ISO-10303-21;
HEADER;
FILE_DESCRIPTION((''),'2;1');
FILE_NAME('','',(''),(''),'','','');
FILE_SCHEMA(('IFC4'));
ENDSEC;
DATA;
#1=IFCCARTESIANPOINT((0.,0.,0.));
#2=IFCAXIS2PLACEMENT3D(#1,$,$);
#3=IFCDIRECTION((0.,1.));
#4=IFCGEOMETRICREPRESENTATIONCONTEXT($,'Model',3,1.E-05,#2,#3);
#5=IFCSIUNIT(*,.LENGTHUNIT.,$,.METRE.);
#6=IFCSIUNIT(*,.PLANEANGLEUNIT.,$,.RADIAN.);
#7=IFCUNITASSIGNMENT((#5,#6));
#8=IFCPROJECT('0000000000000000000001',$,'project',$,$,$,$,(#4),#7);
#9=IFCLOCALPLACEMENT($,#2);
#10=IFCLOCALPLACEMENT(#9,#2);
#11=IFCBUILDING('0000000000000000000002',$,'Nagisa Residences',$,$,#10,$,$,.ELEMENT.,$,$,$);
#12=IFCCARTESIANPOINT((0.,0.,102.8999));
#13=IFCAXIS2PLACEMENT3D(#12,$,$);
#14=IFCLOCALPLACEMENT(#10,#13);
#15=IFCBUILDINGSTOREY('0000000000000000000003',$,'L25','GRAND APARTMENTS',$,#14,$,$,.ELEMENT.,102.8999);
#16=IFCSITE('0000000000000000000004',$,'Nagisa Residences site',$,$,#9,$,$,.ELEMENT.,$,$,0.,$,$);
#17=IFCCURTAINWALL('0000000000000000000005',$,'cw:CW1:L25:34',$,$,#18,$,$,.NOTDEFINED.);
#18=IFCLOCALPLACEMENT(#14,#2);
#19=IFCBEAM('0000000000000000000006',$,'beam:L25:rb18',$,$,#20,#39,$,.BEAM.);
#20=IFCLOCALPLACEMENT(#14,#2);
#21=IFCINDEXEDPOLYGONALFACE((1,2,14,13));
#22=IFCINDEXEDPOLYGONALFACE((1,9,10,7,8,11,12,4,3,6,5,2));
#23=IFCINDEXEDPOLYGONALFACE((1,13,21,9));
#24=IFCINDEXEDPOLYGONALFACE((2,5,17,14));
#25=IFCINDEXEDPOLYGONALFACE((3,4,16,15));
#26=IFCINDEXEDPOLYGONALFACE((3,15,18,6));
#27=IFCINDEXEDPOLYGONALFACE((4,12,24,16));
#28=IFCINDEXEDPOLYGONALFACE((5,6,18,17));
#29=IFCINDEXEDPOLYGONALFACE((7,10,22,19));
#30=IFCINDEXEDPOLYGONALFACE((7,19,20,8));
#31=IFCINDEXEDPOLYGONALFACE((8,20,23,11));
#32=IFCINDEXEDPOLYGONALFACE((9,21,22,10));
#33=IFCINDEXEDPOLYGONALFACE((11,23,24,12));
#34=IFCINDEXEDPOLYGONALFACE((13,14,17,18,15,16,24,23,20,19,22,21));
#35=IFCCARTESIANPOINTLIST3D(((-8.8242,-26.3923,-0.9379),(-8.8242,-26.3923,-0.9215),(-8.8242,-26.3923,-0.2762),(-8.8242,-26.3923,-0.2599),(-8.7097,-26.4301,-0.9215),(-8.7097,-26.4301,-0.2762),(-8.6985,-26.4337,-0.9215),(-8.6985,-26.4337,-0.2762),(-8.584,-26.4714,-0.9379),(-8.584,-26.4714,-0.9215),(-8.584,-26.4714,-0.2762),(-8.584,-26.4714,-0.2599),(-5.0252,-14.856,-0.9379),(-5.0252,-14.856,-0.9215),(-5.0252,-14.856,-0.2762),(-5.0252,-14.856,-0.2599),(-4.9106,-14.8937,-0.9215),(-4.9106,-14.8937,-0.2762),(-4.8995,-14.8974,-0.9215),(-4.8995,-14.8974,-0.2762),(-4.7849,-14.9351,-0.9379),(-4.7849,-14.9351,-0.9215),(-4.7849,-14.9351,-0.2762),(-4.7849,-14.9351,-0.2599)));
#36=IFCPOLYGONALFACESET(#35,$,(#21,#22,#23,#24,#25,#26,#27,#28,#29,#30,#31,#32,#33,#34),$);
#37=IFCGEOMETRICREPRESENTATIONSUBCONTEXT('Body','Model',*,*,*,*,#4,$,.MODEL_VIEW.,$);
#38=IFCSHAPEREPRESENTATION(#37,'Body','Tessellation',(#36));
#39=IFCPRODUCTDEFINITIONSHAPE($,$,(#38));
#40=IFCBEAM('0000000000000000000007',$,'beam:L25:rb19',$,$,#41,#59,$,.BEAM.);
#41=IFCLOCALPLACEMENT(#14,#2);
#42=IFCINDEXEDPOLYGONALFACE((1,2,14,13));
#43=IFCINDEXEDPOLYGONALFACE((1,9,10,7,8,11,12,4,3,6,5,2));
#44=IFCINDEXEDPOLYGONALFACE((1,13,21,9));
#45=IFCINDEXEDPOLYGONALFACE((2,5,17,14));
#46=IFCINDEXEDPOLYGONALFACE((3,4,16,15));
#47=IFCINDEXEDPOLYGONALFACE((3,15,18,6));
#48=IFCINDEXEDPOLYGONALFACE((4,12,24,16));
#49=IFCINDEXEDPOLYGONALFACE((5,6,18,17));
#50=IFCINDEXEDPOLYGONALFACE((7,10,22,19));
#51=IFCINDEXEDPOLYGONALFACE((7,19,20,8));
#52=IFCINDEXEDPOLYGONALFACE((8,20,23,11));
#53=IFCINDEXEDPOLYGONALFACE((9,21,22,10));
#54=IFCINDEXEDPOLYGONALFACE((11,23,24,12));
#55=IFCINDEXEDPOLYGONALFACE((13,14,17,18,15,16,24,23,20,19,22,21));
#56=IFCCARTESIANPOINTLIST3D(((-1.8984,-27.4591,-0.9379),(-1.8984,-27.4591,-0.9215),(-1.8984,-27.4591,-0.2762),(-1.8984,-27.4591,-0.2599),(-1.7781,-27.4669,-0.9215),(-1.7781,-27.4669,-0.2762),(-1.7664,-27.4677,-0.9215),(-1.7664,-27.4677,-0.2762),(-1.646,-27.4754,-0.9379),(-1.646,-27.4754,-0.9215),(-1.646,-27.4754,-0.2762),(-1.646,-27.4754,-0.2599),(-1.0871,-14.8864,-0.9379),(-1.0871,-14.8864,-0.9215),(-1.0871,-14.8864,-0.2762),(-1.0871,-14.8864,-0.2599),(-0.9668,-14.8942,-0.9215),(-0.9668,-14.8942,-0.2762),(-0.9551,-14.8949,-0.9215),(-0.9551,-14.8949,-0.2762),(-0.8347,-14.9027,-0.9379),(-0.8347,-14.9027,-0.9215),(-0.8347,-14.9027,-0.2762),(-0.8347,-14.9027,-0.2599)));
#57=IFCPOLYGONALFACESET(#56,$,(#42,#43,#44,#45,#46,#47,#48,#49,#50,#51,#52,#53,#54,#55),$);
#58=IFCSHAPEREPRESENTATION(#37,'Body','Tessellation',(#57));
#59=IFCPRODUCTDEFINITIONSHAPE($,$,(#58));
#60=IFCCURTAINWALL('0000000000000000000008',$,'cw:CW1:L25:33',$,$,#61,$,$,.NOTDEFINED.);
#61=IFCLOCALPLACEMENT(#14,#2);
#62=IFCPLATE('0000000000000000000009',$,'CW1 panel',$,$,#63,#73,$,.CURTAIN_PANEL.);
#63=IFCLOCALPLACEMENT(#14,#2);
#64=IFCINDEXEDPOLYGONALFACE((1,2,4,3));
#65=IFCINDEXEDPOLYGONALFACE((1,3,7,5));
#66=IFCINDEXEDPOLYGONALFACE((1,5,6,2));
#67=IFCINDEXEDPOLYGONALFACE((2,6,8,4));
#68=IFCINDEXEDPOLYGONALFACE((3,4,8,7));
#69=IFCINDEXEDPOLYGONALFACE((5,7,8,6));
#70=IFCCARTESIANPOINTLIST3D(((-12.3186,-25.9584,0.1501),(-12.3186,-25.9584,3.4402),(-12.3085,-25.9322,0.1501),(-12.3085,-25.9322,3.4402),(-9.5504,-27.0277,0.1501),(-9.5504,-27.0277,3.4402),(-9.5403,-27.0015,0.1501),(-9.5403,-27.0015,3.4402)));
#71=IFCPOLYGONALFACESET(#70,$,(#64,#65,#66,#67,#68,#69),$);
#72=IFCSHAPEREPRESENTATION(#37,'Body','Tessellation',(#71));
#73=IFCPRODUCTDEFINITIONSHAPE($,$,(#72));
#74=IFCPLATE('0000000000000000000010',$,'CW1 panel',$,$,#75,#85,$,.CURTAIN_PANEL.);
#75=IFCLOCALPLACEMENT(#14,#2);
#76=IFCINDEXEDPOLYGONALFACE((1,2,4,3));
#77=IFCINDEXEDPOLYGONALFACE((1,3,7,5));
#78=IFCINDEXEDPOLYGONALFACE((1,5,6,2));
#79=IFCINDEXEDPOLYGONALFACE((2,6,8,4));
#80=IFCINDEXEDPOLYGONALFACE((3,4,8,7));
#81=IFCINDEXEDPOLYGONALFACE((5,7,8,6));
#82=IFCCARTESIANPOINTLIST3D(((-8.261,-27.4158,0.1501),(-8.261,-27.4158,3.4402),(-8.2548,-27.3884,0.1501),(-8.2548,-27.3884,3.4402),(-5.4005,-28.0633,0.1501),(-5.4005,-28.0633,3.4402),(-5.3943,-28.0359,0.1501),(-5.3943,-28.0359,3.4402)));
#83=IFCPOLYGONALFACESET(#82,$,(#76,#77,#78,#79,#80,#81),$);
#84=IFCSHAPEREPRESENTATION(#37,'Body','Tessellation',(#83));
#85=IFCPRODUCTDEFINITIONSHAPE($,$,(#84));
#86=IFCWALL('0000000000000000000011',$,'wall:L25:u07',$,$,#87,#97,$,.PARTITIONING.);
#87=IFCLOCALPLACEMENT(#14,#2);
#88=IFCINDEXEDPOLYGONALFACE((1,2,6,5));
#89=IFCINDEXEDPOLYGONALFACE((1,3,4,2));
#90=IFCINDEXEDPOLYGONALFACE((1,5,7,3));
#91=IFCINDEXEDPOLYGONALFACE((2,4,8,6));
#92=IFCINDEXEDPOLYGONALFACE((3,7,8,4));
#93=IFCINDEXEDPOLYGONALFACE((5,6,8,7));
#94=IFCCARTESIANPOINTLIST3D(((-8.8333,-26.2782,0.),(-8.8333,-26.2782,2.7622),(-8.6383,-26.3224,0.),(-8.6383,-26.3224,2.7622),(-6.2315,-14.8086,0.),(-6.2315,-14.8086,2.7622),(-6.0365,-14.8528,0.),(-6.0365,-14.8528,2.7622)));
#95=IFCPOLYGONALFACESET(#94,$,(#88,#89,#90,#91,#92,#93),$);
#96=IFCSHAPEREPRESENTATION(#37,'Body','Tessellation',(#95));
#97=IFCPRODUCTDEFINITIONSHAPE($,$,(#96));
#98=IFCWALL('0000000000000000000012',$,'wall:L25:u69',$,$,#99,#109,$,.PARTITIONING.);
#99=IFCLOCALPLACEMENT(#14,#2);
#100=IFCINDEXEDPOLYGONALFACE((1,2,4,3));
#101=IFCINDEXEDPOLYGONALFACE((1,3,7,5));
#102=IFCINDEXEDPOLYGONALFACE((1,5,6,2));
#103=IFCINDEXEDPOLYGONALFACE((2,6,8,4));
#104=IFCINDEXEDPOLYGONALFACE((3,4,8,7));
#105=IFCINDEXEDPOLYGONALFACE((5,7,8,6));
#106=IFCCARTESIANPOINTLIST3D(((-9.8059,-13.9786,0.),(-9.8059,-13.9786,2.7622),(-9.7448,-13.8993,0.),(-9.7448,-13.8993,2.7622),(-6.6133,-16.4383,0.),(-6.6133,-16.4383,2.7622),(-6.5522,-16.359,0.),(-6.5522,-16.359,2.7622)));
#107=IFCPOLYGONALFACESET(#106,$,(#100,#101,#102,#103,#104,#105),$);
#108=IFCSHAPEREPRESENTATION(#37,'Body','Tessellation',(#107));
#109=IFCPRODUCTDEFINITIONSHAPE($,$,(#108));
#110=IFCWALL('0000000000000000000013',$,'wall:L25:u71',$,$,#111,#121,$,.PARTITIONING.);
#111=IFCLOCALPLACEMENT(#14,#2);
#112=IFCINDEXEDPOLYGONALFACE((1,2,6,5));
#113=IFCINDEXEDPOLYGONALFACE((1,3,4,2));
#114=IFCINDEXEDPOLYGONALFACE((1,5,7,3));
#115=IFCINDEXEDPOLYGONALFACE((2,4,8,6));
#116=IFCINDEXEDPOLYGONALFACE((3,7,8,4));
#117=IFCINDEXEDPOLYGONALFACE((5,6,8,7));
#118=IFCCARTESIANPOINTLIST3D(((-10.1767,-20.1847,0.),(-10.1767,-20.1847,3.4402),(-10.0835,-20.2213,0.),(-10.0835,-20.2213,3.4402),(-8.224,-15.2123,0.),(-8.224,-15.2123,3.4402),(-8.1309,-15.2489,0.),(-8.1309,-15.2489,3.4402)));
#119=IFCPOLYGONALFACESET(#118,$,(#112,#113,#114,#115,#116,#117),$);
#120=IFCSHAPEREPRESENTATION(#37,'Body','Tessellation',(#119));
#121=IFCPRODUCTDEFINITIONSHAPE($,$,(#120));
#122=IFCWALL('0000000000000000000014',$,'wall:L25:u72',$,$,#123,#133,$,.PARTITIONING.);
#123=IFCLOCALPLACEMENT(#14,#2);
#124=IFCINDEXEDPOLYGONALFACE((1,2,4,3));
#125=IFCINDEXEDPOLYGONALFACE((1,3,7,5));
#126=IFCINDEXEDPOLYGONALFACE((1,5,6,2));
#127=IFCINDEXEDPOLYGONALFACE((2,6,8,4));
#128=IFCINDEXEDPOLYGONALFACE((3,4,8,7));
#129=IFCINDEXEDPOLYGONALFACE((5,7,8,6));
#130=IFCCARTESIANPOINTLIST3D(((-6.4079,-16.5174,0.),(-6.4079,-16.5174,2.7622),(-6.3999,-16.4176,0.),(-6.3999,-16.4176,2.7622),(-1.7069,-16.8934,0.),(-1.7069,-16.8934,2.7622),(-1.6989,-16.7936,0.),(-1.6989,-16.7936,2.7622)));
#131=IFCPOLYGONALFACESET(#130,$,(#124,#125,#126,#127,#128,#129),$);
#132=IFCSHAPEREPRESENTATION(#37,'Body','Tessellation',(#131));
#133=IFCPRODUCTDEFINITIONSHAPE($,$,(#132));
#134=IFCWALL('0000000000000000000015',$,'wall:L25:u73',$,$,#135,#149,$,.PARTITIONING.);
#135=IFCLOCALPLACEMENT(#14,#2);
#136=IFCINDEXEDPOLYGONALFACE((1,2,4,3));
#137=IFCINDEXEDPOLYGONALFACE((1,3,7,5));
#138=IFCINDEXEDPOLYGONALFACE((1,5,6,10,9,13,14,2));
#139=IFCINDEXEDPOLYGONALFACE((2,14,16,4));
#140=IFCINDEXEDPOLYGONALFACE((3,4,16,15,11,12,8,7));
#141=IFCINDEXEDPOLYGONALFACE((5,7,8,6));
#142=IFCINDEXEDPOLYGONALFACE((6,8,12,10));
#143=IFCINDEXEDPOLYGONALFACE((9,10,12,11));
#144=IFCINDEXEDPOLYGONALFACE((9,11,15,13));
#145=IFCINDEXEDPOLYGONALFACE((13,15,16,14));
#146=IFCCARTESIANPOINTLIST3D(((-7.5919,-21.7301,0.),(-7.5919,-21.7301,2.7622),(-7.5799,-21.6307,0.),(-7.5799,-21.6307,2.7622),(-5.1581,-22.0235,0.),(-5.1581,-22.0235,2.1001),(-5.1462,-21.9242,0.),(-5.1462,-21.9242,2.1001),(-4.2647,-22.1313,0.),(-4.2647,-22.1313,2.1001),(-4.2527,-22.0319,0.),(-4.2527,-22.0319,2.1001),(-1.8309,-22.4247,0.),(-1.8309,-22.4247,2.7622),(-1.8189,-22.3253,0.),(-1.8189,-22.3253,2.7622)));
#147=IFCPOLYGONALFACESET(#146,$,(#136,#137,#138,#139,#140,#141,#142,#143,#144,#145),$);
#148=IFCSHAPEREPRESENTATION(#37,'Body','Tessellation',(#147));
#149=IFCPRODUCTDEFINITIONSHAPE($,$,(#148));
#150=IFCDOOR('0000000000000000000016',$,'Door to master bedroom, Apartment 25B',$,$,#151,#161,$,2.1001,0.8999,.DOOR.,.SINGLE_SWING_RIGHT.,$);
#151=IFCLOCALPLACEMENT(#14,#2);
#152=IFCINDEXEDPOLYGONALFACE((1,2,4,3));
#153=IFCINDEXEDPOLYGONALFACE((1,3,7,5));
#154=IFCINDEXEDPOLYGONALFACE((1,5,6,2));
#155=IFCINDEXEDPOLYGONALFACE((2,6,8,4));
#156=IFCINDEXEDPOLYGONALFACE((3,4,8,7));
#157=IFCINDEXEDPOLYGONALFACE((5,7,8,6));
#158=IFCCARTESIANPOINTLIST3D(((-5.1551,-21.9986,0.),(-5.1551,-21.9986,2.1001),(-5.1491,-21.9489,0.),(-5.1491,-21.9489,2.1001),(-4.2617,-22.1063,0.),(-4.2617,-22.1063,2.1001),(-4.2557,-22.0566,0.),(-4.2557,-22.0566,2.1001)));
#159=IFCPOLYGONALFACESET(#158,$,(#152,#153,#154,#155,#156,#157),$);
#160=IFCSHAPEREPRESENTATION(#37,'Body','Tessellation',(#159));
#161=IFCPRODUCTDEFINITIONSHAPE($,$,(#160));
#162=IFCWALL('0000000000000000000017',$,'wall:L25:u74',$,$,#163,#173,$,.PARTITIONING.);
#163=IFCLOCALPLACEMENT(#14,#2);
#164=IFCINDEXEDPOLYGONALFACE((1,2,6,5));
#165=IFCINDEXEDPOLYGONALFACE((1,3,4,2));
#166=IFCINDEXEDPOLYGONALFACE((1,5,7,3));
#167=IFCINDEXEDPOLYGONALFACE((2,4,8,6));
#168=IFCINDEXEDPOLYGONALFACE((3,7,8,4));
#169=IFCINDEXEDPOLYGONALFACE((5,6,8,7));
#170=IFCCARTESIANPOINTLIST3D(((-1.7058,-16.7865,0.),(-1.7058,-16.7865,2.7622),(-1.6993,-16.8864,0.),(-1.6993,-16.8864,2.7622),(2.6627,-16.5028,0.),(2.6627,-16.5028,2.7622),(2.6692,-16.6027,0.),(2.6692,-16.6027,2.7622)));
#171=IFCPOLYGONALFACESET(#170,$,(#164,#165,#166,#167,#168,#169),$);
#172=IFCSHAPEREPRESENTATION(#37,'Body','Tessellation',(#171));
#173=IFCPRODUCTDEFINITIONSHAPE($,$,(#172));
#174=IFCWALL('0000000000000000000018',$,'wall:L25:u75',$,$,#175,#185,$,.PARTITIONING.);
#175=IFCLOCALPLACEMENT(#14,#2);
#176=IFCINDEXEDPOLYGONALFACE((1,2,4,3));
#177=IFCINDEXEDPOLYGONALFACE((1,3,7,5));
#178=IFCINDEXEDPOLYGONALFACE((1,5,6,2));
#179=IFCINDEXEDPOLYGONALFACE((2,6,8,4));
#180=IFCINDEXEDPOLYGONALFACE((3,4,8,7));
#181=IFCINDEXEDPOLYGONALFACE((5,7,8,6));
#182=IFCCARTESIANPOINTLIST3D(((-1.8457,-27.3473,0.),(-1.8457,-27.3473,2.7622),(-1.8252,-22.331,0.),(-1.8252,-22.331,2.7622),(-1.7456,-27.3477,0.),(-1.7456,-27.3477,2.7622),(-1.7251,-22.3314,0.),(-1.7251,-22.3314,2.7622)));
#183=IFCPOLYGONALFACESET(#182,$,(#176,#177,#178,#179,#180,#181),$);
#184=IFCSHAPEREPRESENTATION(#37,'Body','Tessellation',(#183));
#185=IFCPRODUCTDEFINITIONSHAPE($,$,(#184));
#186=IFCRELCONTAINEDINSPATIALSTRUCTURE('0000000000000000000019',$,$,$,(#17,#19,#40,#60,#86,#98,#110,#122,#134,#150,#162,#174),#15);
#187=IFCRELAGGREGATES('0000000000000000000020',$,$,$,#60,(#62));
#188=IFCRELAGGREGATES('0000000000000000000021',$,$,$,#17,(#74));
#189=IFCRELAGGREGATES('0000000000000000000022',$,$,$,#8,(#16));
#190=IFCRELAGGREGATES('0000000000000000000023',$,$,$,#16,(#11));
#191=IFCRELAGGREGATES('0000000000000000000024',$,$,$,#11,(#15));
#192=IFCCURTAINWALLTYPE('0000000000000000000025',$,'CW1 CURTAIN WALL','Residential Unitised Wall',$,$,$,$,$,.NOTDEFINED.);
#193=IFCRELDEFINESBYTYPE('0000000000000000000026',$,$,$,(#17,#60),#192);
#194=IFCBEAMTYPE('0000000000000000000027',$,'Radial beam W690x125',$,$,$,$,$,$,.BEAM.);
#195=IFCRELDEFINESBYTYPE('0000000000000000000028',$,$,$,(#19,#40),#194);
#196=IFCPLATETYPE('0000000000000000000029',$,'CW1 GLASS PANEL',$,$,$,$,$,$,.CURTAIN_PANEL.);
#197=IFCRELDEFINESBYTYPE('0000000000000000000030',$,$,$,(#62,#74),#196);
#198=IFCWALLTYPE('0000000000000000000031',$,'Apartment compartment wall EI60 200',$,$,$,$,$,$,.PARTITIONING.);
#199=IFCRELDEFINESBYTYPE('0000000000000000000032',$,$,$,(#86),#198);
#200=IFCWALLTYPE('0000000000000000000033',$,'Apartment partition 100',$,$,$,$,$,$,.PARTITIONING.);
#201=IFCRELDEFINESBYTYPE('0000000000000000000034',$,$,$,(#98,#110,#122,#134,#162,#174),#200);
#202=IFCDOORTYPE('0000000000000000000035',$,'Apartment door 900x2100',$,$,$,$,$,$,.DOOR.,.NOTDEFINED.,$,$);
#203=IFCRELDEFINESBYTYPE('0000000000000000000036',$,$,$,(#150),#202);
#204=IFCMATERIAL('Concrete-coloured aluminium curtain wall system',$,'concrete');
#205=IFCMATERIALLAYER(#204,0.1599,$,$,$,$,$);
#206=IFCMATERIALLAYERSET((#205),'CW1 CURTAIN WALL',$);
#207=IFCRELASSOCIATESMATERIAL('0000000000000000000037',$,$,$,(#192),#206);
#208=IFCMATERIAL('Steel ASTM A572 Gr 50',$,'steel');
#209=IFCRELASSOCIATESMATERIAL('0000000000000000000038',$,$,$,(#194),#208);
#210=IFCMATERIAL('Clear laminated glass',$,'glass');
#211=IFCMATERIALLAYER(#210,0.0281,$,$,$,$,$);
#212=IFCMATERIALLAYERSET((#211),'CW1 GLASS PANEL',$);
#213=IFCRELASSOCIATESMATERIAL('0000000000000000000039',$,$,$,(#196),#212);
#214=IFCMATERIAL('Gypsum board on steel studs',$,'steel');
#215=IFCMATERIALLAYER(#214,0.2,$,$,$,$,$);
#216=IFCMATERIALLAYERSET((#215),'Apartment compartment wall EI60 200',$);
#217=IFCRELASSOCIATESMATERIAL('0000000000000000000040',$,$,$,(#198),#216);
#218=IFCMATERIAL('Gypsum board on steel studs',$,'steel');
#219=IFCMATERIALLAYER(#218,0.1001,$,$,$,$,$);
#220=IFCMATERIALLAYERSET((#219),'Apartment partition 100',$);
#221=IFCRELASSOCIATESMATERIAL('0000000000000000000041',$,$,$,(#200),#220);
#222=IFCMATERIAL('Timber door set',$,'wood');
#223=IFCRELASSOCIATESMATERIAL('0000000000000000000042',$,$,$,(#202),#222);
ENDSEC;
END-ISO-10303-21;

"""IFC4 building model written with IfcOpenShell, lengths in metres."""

from ifc_helpers import new_model, si_unit, direction, frame, frame_2d, origin, origin_2d, place, context, subcontext, project, spatial, rectangle, i_section, extrude, material, layer, layer_set, material_profile, profile_set, type_object, element, fill, aggregate, save


model = new_model("IFC4")

# Units and contexts
model_context = context("Model", 3, precision=1e-05, world=origin(), true_north=direction((0.0, 1.0)))
body_context = subcontext(model_context, "Body", "Model", "MODEL_VIEW")
ifc_project = project(units=[si_unit("LENGTHUNIT", "METRE"), si_unit("PLANEANGLEUNIT", "RADIAN")], contexts=[model_context])

# Site, building, storey
site_placement = place(None, origin())
site = spatial("IfcSite", under=ifc_project, at=site_placement, Name="Nagisa Residences site", CompositionType="ELEMENT", RefElevation=0.0)
building_placement = place(site_placement, origin())
building = spatial("IfcBuilding", under=site, at=building_placement, Name="Nagisa Residences", CompositionType="ELEMENT")
storey_placement = place(building_placement, frame((0.0, 0.0, 102.8999)))
storey = spatial("IfcBuildingStorey", under=building, at=storey_placement, Name="L25", Description="GRAND APARTMENTS", CompositionType="ELEMENT", Elevation=102.8999)

# Curtain wall
ifc_material_1 = material(Name="Concrete-coloured aluminium curtain wall system", Category="concrete")
ifc_layer_1 = layer(ifc_material_1, 0.1599)
ifc_layer_set_1 = layer_set([ifc_layer_1], Name="CW1 CURTAIN WALL")
curtain_wall_type = type_object("IfcCurtainWallType", Name="CW1 CURTAIN WALL", Description="Residential Unitised Wall", PredefinedType="NOTDEFINED", material=ifc_layer_set_1)
curtain_wall_1_placement = place(storey_placement, origin())
curtain_wall_1 = element("IfcCurtainWall", 1, at=curtain_wall_1_placement, inside=storey, type_object=curtain_wall_type, Name="cw:CW1:L25:34", PredefinedType="NOTDEFINED")

# Beams
ifc_material_2 = material(Name="Steel ASTM A572 Gr 50", Category="steel")
ifc_material_profile_1 = material_profile(ifc_material_2, i_section(OverallWidth=0.2529, OverallDepth=0.678, WebThickness=0.0117, FlangeThickness=0.0164, at=origin_2d()), Name="W690x125")
ifc_profile_set_1 = profile_set([ifc_material_profile_1], Name="Steel ASTM A572 Gr 50")
beam_type_1 = type_object("IfcBeamType", Name="Radial beam W690x125", PredefinedType="BEAM", material=ifc_profile_set_1)
beam_1_placement = place(storey_placement, frame((-8.7041, -26.4319, -0.5989), z_axis=(0.312788, 0.949823, 0.0), x_axis=(-0.949823, 0.312788, 0.0)))
element("IfcBeam", 2, at=beam_1_placement, inside=storey, type_object=beam_type_1, Name="beam:L25:rb18", PredefinedType="BEAM", context=body_context, shape_type="SweptSolid", body=[
    extrude(i_section(OverallWidth=0.2529, OverallDepth=0.678, WebThickness=0.0117, FlangeThickness=0.0164, at=origin_2d()), origin(), (0.0, 0.0, 1.0), 12.1458),
])
beam_2_placement = place(storey_placement, frame((-1.7722, -27.4673, -0.5989), z_axis=(0.064393, 0.997925, 0.0), x_axis=(-0.997925, 0.064393, 0.0)))
element("IfcBeam", 3, at=beam_2_placement, inside=storey, type_object=beam_type_1, Name="beam:L25:rb19", PredefinedType="BEAM", context=body_context, shape_type="SweptSolid", body=[
    extrude(i_section(OverallWidth=0.2529, OverallDepth=0.678, WebThickness=0.0117, FlangeThickness=0.0164, at=origin_2d()), origin(), (0.0, 0.0, 1.0), 12.5989),
])

# Curtain wall, plate
curtain_wall_2_placement = place(storey_placement, origin())
curtain_wall_2 = element("IfcCurtainWall", 4, at=curtain_wall_2_placement, inside=storey, type_object=curtain_wall_type, Name="cw:CW1:L25:33", PredefinedType="NOTDEFINED")
ifc_material_3 = material(Name="Clear laminated glass", Category="glass")
ifc_layer_2 = layer(ifc_material_3, 0.0281)
ifc_layer_set_2 = layer_set([ifc_layer_2], Name="CW1 GLASS PANEL")
plate_type = type_object("IfcPlateType", Name="CW1 GLASS PANEL", PredefinedType="CURTAIN_PANEL", material=ifc_layer_set_2)
plate_1_placement = place(storey_placement, frame((-10.9294, -26.48, 0.1501), z_axis=(0.0, 0.0, 1.0), x_axis=(0.932826, -0.360328, 0.0)))
plate_1 = element("IfcPlate", 5, at=plate_1_placement, type_object=plate_type, Name="CW1 panel", PredefinedType="CURTAIN_PANEL", context=body_context, shape_type="SweptSolid", body=[
    extrude(rectangle(XDim=2.9675, YDim=0.0281, at=origin_2d()), origin(), (0.0, 0.0, 1.0), 3.29),
])
aggregate(curtain_wall_2, [plate_1])

# Plate
plate_2_placement = place(storey_placement, frame((-6.8276, -27.7258, 0.1501), z_axis=(0.0, 0.0, 1.0), x_axis=(0.975327, -0.220764, 0.0)))
plate_2 = element("IfcPlate", 6, at=plate_2_placement, type_object=plate_type, Name="CW1 panel", PredefinedType="CURTAIN_PANEL", context=body_context, shape_type="SweptSolid", body=[
    extrude(rectangle(XDim=2.9329, YDim=0.0281, at=origin_2d()), origin(), (0.0, 0.0, 1.0), 3.29),
])
aggregate(curtain_wall_1, [plate_2])

# Walls
ifc_material_4 = material(Name="Gypsum board on steel studs", Category="steel")
ifc_layer_3 = layer(ifc_material_4, 0.2)
ifc_layer_set_3 = layer_set([ifc_layer_3], Name="Apartment compartment wall EI60 200")
wall_type_1 = type_object("IfcWallType", Name="Apartment compartment wall EI60 200", PredefinedType="PARTITIONING", material=ifc_layer_set_3)
wall_1_placement = place(storey_placement, frame((-6.134, -14.8308, 0.0), z_axis=(0.0, 0.0, 1.0), x_axis=(-0.221225, -0.975223, 0.0)))
element("IfcWall", 7, at=wall_1_placement, inside=storey, type_object=wall_type_1, Name="wall:L25:u07", PredefinedType="PARTITIONING", context=body_context, shape_type="SweptSolid", body=[
    extrude(rectangle(XDim=11.761, YDim=0.2, at=frame_2d((5.8804, 0.0))), origin(), (0.0, 0.0, 1.0), 2.7622),
])
ifc_material_5 = material(Name="Gypsum board on steel studs", Category="steel")
ifc_layer_4 = layer(ifc_material_5, 0.1001)
ifc_layer_set_4 = layer_set([ifc_layer_4], Name="Apartment partition 100")
wall_type_2 = type_object("IfcWallType", Name="Apartment partition 100", PredefinedType="PARTITIONING", material=ifc_layer_set_4)
wall_2_placement = place(storey_placement, frame((-9.7754, -13.939, 0.0), z_axis=(0.0, 0.0, 1.0), x_axis=(0.792162, -0.610311, 0.0)))
element("IfcWall", 8, at=wall_2_placement, inside=storey, type_object=wall_type_2, Name="wall:L25:u69", PredefinedType="PARTITIONING", context=body_context, shape_type="SweptSolid", body=[
    extrude(rectangle(XDim=4.0303, YDim=0.1001, at=frame_2d((2.0151, 0.0))), origin(), (0.0, 0.0, 1.0), 2.7622),
])
wall_3_placement = place(storey_placement, frame((-8.1775, -15.2307, 0.0), z_axis=(0.0, 0.0, 1.0), x_axis=(-0.365521, -0.930803, 0.0)))
element("IfcWall", 9, at=wall_3_placement, inside=storey, type_object=wall_type_2, Name="wall:L25:u71", PredefinedType="PARTITIONING", context=body_context, shape_type="SweptSolid", body=[
    extrude(rectangle(XDim=5.342, YDim=0.1001, at=frame_2d((2.6709, 0.0))), origin(), (0.0, 0.0, 1.0), 3.4402),
])
wall_4_placement = place(storey_placement, frame((-6.4038, -16.4675, 0.0), z_axis=(0.0, 0.0, 1.0), x_axis=(0.996817, -0.079721, 0.0)))
element("IfcWall", 10, at=wall_4_placement, inside=storey, type_object=wall_type_2, Name="wall:L25:u72", PredefinedType="PARTITIONING", context=body_context, shape_type="SweptSolid", body=[
    extrude(rectangle(XDim=4.7161, YDim=0.1001, at=frame_2d((2.3579, 0.0))), origin(), (0.0, 0.0, 1.0), 2.7622),
])

# Wall, opening, door
wall_5_placement = place(storey_placement, frame((-7.5859, -21.6804, 0.0), z_axis=(0.0, 0.0, 1.0), x_axis=(0.99281, -0.119699, 0.0)))
wall_5 = element("IfcWall", 11, at=wall_5_placement, inside=storey, type_object=wall_type_2, Name="wall:L25:u73", PredefinedType="PARTITIONING", context=body_context, shape_type="SweptSolid", body=[
    extrude(rectangle(XDim=5.8027, YDim=0.1001, at=frame_2d((2.9014, 0.0))), origin(), (0.0, 0.0, 1.0), 2.7622),
])
opening_1_placement = place(wall_5_placement, frame((2.4514, 0.0, 0.0)))
opening_1 = element("IfcOpeningElement", 12, at=opening_1_placement, cuts=wall_5, PredefinedType="OPENING", context=body_context, shape_type="SweptSolid", body=[
    extrude(rectangle(XDim=0.8999, YDim=2.1001, at=frame_2d((0.45, 1.05))), frame((0.0, 0.0601, 0.0), z_axis=(0.0, -1.0, 0.0), x_axis=(1.0, 0.0, 0.0)), (0.0, 0.0, 1.0), 0.1201),
])
ifc_material_6 = material(Name="Timber door set", Category="wood")
door_type_1 = type_object("IfcDoorType", Name="Apartment door 900x2100", OperationType="NOTDEFINED", PredefinedType="DOOR", material=ifc_material_6)
door_1_placement = place(opening_1_placement, frame((0.8999, 0.0, 0.0), x_axis=(-1.0, 0.0, 0.0)))
door_1 = element("IfcDoor", 13, at=door_1_placement, inside=storey, type_object=door_type_1, Name="Door to master bedroom, Apartment 25B", OperationType="SINGLE_SWING_RIGHT", OverallHeight=2.1001, OverallWidth=0.8999, PredefinedType="DOOR", context=body_context, shape_type="SweptSolid", body=[
    extrude(rectangle(XDim=0.8999, YDim=2.1001, at=frame_2d((0.45, 1.05))), frame((0.0, 0.0249, 0.0), z_axis=(0.0, -1.0, 0.0), x_axis=(1.0, 0.0, 0.0)), (0.0, 0.0, 1.0), 0.05),
])
fill(opening_1, door_1)

# Walls
wall_6_placement = place(storey_placement, frame((-1.7026, -16.8364, 0.0), z_axis=(0.0, 0.0, 1.0), x_axis=(0.997898, 0.064805, 0.0)))
element("IfcWall", 14, at=wall_6_placement, inside=storey, type_object=wall_type_2, Name="wall:L25:u74", PredefinedType="PARTITIONING", context=body_context, shape_type="SweptSolid", body=[
    extrude(rectangle(XDim=4.3777, YDim=0.1001, at=frame_2d((2.189, 0.0))), origin(), (0.0, 0.0, 1.0), 2.7622),
])
wall_7_placement = place(storey_placement, frame((-1.7751, -22.3311, 0.0), z_axis=(0.0, 0.0, 1.0), x_axis=(-0.004088, -0.999992, 0.0)))
element("IfcWall", 15, at=wall_7_placement, inside=storey, type_object=wall_type_2, Name="wall:L25:u75", PredefinedType="PARTITIONING", context=body_context, shape_type="SweptSolid", body=[
    extrude(rectangle(XDim=5.0164, YDim=0.1001, at=frame_2d((2.5083, 0.0))), origin(), (0.0, 0.0, 1.0), 2.7622),
])

save(model, "model.ifc")
